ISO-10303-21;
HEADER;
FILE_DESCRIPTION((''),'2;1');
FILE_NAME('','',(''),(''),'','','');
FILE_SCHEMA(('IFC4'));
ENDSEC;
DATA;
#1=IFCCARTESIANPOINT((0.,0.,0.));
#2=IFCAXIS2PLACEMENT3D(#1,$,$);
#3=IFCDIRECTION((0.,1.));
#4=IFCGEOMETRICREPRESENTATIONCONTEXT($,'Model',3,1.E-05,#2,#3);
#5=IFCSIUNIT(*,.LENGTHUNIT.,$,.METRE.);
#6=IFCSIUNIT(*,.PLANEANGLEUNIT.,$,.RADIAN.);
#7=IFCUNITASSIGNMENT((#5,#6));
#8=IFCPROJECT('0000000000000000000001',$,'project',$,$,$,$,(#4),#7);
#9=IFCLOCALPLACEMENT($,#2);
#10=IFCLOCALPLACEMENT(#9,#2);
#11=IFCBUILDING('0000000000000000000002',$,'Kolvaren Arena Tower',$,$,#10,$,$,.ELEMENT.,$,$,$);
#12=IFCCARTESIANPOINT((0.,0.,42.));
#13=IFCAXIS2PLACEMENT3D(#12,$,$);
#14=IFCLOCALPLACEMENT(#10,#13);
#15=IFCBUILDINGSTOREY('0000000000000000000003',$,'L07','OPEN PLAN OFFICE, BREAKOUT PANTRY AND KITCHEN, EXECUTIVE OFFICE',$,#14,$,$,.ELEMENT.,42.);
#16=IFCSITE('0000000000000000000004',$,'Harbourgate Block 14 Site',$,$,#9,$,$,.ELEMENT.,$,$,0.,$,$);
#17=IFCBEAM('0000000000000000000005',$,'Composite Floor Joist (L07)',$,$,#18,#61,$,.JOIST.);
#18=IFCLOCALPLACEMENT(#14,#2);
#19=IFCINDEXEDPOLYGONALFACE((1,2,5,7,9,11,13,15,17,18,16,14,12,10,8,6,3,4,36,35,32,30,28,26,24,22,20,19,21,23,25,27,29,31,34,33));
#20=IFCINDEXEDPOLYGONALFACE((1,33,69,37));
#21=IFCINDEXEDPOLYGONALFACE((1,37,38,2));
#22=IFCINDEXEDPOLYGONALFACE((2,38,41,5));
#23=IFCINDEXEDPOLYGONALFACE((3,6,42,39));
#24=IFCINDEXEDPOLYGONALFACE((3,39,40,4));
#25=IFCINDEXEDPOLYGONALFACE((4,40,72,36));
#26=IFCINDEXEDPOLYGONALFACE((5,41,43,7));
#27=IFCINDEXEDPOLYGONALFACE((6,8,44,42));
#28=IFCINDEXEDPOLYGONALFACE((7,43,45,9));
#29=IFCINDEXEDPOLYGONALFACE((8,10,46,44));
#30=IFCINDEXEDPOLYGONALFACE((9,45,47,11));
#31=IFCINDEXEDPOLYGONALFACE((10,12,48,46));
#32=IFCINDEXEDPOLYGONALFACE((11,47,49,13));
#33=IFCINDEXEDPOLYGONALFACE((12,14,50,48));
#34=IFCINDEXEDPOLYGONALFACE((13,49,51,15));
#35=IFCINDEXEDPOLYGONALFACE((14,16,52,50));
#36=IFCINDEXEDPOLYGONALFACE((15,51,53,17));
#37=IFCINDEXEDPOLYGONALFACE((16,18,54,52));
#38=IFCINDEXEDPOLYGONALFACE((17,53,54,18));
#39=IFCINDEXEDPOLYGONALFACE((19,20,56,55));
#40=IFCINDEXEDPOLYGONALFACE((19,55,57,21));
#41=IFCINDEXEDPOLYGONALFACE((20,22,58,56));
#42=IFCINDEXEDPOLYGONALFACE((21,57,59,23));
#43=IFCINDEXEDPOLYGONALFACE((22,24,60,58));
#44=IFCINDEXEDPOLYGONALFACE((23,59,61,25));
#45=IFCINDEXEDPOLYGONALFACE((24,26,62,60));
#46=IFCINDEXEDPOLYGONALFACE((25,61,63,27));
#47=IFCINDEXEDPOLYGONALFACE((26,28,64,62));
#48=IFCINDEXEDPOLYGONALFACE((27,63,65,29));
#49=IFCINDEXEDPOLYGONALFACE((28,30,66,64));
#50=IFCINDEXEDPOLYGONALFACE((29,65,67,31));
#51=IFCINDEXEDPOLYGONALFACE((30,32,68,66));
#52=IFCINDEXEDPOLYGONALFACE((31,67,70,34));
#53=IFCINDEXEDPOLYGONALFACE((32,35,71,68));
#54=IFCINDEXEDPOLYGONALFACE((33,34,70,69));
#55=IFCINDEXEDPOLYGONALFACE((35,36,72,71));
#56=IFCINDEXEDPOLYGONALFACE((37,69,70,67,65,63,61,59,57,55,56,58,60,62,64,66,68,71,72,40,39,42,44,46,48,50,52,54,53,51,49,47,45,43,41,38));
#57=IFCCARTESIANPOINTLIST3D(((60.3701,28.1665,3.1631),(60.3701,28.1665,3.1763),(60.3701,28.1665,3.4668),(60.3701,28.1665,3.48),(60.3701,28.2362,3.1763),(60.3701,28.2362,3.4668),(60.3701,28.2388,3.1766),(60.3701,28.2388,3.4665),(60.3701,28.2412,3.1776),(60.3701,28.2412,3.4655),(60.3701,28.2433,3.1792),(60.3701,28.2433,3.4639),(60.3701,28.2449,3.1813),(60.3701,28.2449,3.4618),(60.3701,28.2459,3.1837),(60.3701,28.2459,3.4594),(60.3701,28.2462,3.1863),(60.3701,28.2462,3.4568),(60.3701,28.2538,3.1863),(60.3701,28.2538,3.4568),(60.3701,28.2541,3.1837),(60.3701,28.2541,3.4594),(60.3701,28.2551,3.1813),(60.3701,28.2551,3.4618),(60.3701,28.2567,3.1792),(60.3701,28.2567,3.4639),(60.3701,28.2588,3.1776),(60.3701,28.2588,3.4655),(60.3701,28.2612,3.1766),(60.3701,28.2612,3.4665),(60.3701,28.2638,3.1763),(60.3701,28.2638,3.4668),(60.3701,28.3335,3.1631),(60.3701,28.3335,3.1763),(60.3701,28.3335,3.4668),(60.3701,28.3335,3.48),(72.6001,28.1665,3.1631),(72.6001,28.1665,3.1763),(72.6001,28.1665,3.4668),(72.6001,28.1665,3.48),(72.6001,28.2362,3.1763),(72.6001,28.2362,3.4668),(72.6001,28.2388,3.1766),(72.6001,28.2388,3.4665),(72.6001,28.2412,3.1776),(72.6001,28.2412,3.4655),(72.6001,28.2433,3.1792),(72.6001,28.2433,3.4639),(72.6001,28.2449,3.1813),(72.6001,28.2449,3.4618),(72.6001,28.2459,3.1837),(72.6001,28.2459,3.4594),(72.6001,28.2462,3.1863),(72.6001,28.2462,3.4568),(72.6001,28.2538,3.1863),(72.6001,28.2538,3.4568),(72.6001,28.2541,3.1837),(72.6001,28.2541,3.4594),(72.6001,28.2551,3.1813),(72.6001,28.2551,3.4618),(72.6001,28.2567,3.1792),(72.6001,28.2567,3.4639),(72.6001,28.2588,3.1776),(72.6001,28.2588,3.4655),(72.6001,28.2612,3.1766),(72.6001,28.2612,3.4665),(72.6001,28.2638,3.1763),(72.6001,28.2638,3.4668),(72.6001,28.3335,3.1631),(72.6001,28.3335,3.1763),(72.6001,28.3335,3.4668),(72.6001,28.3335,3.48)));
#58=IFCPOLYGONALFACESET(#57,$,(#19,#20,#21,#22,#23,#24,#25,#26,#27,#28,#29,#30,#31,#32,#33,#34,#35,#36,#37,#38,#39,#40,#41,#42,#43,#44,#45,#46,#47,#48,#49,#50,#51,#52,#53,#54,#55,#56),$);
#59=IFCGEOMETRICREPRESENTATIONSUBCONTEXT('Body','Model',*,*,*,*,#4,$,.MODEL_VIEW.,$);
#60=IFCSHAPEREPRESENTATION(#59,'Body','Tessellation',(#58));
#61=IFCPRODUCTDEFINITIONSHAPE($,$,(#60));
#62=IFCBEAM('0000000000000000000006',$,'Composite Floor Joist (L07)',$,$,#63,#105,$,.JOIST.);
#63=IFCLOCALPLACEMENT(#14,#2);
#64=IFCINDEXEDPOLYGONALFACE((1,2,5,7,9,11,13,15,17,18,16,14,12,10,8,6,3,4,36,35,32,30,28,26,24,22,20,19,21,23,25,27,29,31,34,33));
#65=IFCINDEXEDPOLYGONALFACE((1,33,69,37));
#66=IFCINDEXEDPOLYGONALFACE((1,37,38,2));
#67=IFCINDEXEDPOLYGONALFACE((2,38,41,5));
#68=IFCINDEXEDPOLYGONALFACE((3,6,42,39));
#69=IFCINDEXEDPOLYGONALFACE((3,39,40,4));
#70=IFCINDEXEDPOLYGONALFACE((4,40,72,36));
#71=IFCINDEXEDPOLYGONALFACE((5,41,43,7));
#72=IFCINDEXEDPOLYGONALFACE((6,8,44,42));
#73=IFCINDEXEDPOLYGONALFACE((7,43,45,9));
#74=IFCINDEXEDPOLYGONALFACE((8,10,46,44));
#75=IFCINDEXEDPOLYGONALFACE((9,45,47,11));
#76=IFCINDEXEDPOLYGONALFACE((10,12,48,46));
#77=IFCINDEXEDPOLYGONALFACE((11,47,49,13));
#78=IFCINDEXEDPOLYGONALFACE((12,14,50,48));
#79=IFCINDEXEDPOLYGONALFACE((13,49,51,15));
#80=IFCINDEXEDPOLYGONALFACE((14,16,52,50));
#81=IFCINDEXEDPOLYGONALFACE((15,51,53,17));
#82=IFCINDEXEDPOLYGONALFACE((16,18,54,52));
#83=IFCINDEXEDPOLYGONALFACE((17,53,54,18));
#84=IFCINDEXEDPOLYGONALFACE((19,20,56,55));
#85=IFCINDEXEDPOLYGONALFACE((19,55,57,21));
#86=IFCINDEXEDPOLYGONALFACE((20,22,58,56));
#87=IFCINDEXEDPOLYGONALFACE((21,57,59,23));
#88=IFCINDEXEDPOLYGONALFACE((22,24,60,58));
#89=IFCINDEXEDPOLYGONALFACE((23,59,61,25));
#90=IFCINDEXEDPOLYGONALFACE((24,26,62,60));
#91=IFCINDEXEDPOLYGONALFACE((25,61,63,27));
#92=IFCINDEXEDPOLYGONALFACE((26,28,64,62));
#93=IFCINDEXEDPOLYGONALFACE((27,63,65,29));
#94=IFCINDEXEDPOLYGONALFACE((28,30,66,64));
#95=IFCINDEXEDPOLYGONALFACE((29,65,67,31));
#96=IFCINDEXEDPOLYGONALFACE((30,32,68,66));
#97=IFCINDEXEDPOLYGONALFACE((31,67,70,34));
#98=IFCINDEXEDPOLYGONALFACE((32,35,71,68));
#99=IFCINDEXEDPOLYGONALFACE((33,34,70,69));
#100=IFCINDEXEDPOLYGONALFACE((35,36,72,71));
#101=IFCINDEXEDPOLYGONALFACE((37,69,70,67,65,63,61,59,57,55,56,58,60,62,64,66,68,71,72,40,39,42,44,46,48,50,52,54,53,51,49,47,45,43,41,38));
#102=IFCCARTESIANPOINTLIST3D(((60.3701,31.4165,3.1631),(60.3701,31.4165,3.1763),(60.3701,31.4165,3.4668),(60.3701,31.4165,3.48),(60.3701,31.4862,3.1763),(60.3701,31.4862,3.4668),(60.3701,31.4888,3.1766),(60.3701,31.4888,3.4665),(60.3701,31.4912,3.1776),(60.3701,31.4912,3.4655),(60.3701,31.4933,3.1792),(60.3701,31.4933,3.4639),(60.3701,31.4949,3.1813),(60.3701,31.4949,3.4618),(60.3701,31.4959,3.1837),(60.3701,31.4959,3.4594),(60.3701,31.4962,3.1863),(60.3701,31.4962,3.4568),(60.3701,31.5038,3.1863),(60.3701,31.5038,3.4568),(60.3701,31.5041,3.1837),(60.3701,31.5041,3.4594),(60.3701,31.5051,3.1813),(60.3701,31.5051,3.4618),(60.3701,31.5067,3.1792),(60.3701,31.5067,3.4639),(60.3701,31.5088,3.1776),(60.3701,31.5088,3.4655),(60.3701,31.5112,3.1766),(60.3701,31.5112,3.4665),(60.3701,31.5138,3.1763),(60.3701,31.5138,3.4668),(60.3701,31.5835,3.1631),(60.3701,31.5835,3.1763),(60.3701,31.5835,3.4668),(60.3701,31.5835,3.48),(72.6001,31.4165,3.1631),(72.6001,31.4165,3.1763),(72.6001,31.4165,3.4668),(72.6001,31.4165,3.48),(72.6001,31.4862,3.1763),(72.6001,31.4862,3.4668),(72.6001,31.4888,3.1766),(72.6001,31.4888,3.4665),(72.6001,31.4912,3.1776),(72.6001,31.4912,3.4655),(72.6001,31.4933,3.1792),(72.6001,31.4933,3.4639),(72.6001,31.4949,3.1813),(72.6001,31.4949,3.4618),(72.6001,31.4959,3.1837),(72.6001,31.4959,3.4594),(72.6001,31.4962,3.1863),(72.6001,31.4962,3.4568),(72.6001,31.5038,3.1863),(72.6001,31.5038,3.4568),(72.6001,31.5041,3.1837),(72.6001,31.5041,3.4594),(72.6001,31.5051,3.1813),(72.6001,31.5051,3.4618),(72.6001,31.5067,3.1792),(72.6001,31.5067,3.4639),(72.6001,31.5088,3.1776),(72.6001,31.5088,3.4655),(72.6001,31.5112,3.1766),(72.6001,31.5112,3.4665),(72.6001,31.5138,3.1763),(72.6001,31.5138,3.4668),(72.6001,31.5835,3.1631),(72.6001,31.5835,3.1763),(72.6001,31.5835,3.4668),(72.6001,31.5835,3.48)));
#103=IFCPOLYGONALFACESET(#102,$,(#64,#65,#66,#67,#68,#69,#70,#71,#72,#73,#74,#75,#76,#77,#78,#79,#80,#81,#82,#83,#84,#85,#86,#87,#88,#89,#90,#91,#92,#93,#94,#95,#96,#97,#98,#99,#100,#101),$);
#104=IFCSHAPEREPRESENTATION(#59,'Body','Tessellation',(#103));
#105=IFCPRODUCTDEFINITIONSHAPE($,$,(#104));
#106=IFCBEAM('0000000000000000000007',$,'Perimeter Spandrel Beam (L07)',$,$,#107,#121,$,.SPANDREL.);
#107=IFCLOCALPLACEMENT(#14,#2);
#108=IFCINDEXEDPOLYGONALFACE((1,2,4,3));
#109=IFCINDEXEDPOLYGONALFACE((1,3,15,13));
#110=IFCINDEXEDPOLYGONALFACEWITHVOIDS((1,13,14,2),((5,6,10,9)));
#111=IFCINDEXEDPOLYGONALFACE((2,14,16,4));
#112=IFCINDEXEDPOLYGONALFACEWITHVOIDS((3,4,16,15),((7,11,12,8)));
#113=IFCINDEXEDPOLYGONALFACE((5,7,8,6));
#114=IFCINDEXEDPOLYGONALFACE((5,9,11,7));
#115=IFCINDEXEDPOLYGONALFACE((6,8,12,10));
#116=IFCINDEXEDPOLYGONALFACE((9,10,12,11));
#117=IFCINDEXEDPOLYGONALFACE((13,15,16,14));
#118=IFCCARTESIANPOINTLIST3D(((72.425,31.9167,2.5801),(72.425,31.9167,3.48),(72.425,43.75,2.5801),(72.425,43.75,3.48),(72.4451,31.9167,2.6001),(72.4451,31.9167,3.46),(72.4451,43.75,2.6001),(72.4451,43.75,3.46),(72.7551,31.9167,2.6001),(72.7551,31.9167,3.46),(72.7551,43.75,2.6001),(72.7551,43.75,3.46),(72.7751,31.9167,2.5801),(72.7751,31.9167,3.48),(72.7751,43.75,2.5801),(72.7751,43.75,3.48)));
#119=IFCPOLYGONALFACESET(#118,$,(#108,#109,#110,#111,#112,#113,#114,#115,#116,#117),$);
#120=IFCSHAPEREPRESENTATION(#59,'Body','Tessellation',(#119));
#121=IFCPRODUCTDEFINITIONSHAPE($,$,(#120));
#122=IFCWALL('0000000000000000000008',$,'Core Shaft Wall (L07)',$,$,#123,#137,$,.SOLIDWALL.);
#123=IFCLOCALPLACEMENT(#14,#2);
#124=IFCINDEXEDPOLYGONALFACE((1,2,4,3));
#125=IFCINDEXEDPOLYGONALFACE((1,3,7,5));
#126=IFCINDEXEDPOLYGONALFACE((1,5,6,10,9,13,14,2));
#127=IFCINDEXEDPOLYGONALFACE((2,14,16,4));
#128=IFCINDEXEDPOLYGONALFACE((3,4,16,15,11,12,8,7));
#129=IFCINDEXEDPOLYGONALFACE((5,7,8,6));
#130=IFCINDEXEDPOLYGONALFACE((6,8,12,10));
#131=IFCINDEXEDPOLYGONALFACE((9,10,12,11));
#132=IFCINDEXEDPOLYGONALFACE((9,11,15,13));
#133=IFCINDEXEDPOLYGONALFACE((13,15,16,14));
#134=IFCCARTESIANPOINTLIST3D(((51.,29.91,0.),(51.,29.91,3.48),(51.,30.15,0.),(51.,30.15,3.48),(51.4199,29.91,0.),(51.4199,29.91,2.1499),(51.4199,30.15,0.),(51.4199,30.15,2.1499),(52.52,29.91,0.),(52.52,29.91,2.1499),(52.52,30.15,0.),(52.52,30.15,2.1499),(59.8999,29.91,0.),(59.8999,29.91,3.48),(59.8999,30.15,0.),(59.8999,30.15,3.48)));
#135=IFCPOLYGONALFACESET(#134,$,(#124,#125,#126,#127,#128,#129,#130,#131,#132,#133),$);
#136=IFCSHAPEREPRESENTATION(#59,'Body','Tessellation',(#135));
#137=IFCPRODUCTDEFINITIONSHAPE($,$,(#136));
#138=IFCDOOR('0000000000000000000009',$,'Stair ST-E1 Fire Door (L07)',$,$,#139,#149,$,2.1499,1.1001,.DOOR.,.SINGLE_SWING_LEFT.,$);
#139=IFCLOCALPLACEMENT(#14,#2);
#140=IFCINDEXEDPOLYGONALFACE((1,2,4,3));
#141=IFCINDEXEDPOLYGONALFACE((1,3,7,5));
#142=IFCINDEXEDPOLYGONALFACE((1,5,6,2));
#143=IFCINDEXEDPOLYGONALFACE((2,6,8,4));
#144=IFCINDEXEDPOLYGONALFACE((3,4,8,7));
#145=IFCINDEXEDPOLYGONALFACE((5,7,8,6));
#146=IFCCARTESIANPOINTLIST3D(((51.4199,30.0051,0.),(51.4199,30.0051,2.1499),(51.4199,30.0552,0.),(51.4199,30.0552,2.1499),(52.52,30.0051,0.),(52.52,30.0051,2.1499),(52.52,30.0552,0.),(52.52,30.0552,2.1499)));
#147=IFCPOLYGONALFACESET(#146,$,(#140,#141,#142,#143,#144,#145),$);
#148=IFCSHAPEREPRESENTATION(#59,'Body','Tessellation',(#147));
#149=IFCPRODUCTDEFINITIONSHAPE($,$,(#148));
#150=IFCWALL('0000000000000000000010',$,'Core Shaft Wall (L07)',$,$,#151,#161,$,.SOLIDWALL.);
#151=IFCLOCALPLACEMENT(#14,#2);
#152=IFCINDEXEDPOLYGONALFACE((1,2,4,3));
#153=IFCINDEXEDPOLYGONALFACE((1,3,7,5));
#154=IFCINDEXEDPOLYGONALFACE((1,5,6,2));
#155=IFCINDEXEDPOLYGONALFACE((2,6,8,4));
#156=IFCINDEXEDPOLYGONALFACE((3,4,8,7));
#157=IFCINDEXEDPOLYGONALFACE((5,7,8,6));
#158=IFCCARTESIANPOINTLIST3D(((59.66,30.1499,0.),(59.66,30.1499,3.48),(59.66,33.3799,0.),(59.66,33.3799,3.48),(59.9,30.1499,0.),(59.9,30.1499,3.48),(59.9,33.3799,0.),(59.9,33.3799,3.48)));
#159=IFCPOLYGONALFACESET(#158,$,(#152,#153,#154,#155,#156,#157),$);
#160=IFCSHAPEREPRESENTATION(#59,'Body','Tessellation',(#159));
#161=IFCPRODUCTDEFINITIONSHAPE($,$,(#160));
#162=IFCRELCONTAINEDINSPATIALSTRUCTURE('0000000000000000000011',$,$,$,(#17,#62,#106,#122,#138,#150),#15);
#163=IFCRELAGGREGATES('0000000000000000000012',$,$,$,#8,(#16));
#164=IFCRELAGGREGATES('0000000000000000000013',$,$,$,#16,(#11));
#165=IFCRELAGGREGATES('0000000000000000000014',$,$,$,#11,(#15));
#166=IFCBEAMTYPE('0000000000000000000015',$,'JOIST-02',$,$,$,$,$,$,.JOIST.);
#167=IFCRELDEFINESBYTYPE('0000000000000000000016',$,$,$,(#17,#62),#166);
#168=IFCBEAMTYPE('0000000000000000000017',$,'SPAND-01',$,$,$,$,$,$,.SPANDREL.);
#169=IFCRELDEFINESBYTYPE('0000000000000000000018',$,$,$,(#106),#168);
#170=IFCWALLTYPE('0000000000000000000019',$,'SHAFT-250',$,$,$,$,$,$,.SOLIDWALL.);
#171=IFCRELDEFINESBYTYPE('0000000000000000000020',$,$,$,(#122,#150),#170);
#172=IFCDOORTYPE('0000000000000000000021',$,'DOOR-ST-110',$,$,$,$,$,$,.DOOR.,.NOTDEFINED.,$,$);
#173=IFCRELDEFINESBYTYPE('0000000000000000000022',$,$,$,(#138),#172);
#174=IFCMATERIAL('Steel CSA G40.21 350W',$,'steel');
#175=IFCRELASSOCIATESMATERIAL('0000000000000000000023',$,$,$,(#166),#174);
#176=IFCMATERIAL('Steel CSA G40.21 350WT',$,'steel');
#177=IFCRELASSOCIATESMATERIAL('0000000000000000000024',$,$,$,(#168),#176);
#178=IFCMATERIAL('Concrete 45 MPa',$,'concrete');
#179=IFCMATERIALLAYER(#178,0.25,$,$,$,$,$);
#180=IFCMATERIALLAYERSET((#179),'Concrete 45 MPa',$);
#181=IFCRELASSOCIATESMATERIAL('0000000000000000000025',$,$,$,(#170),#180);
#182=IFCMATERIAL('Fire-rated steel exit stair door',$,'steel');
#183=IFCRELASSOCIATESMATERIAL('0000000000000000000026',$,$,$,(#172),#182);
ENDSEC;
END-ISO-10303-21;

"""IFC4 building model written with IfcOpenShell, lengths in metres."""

from ifc_helpers import new_model, si_unit, direction, frame, frame_2d, origin, origin_2d, place, context, subcontext, project, spatial, rectangle, hollow_rectangle, i_section, extrude, material, layer, layer_set, material_profile, profile_set, type_object, element, fill, save


model = new_model("IFC4")

# Units and contexts
model_context = context("Model", 3, precision=1e-05, world=origin(), true_north=direction((0.0, 1.0)))
body_context = subcontext(model_context, "Body", "Model", "MODEL_VIEW")
ifc_project = project(units=[si_unit("LENGTHUNIT", "METRE"), si_unit("PLANEANGLEUNIT", "RADIAN")], contexts=[model_context])

# Site, building, storey
site_placement = place(None, origin())
site = spatial("IfcSite", under=ifc_project, at=site_placement, Name="Harbourgate Block 14 Site", CompositionType="ELEMENT", RefElevation=0.0)
building_placement = place(site_placement, origin())
building = spatial("IfcBuilding", under=site, at=building_placement, Name="Kolvaren Arena Tower", CompositionType="ELEMENT")
storey_placement = place(building_placement, frame((0.0, 0.0, 42.0)))
storey = spatial("IfcBuildingStorey", under=building, at=storey_placement, Name="L07", Description="OPEN PLAN OFFICE, BREAKOUT PANTRY AND KITCHEN, EXECUTIVE OFFICE", CompositionType="ELEMENT", Elevation=42.0)

# Beams
ifc_material_1 = material(Name="Steel CSA G40.21 350W", Category="steel")
ifc_material_profile_1 = material_profile(ifc_material_1, i_section(OverallWidth=0.167, OverallDepth=0.3169, WebThickness=0.0076, FlangeThickness=0.0132, FilletRadius=0.01, at=origin_2d()), Name="W310x52")
ifc_profile_set_1 = profile_set([ifc_material_profile_1], Name="Steel CSA G40.21 350W")
beam_type_1 = type_object("IfcBeamType", Name="JOIST-02", PredefinedType="JOIST", material=ifc_profile_set_1)
for number, where, z_axis, x_axis, name in (
    (1, (60.3701, 28.25, 3.3215), (1.0, 0.0, 0.0), (0.0, 1.0, 0.0), "Composite Floor Joist (L07)"),
    (2, (60.3701, 31.5, 3.3215), (1.0, 0.0, 0.0), (0.0, 1.0, 0.0), "Composite Floor Joist (L07)"),
):
    element("IfcBeam", number, at=place(storey_placement, frame(where, z_axis=z_axis, x_axis=x_axis)), inside=storey, type_object=beam_type_1, Name=name, PredefinedType="JOIST", context=body_context, shape_type="SweptSolid", body=[
        extrude(i_section(OverallWidth=0.167, OverallDepth=0.3169, WebThickness=0.0076, FlangeThickness=0.0132, FilletRadius=0.01, at=origin_2d()), origin(), (0.0, 0.0, 1.0), 12.23),
    ])
ifc_material_2 = material(Name="Steel CSA G40.21 350WT", Category="steel")
ifc_material_profile_2 = material_profile(ifc_material_2, hollow_rectangle(XDim=0.3501, YDim=0.8999, WallThickness=0.02, at=origin_2d()), Name="HSS 900x350x20")
ifc_profile_set_2 = profile_set([ifc_material_profile_2], Name="Steel CSA G40.21 350WT")
beam_type_2 = type_object("IfcBeamType", Name="SPAND-01", PredefinedType="SPANDREL", material=ifc_profile_set_2)
beam_1_placement = place(storey_placement, frame((72.6001, 31.9167, 3.03), z_axis=(0.0, 1.0, 0.0), x_axis=(-1.0, 0.0, 0.0)))
element("IfcBeam", 3, at=beam_1_placement, inside=storey, type_object=beam_type_2, Name="Perimeter Spandrel Beam (L07)", PredefinedType="SPANDREL", context=body_context, shape_type="SweptSolid", body=[
    extrude(hollow_rectangle(XDim=0.3501, YDim=0.8999, WallThickness=0.02, at=origin_2d()), origin(), (0.0, 0.0, 1.0), 11.8333),
])

# Wall, opening, door
ifc_material_3 = material(Name="Concrete 45 MPa", Category="concrete")
ifc_layer = layer(ifc_material_3, 0.25)
ifc_layer_set = layer_set([ifc_layer], Name="Concrete 45 MPa")
wall_type = type_object("IfcWallType", Name="SHAFT-250", PredefinedType="SOLIDWALL", material=ifc_layer_set)
wall_1_placement = place(storey_placement, frame((59.8999, 30.03, 0.0), z_axis=(0.0, 0.0, 1.0), x_axis=(-1.0, 0.0, 0.0)))
wall_1 = element("IfcWall", 4, at=wall_1_placement, inside=storey, type_object=wall_type, Name="Core Shaft Wall (L07)", PredefinedType="SOLIDWALL", context=body_context, shape_type="SweptSolid", body=[
    extrude(rectangle(XDim=8.8999, YDim=0.24, at=frame_2d((4.45, 0.0))), origin(), (0.0, 0.0, 1.0), 3.48),
])
opening_1_placement = place(wall_1_placement, frame((7.3799, 0.0, 0.0)))
opening_1 = element("IfcOpeningElement", 5, at=opening_1_placement, cuts=wall_1, PredefinedType="OPENING", context=body_context, shape_type="SweptSolid", body=[
    extrude(rectangle(XDim=1.1001, YDim=2.1499, at=frame_2d((0.55, 1.075))), frame((0.0, 0.1299, 0.0), z_axis=(0.0, -1.0, 0.0), x_axis=(1.0, 0.0, 0.0)), (0.0, 0.0, 1.0), 0.26),
])
ifc_material_4 = material(Name="Fire-rated steel exit stair door", Category="steel")
door_type = type_object("IfcDoorType", Name="DOOR-ST-110", OperationType="NOTDEFINED", PredefinedType="DOOR", material=ifc_material_4)
door_1_placement = place(opening_1_placement, origin())
door_1 = element("IfcDoor", 6, at=door_1_placement, inside=storey, type_object=door_type, Name="Stair ST-E1 Fire Door (L07)", OperationType="SINGLE_SWING_LEFT", OverallHeight=2.1499, OverallWidth=1.1001, PredefinedType="DOOR", context=body_context, shape_type="SweptSolid", body=[
    extrude(rectangle(XDim=1.1001, YDim=2.1499, at=frame_2d((0.55, 1.075))), frame((0.0, 0.0249, 0.0), z_axis=(0.0, -1.0, 0.0), x_axis=(1.0, 0.0, 0.0)), (0.0, 0.0, 1.0), 0.05),
])
fill(opening_1, door_1)

# Wall
wall_2_placement = place(storey_placement, frame((59.78, 30.1499, 0.0), z_axis=(0.0, 0.0, 1.0), x_axis=(0.0, 1.0, 0.0)))
element("IfcWall", 7, at=wall_2_placement, inside=storey, type_object=wall_type, Name="Core Shaft Wall (L07)", PredefinedType="SOLIDWALL", context=body_context, shape_type="SweptSolid", body=[
    extrude(rectangle(XDim=3.23, YDim=0.24, at=frame_2d((1.615, 0.0))), origin(), (0.0, 0.0, 1.0), 3.48),
])

save(model, "model.ifc")
